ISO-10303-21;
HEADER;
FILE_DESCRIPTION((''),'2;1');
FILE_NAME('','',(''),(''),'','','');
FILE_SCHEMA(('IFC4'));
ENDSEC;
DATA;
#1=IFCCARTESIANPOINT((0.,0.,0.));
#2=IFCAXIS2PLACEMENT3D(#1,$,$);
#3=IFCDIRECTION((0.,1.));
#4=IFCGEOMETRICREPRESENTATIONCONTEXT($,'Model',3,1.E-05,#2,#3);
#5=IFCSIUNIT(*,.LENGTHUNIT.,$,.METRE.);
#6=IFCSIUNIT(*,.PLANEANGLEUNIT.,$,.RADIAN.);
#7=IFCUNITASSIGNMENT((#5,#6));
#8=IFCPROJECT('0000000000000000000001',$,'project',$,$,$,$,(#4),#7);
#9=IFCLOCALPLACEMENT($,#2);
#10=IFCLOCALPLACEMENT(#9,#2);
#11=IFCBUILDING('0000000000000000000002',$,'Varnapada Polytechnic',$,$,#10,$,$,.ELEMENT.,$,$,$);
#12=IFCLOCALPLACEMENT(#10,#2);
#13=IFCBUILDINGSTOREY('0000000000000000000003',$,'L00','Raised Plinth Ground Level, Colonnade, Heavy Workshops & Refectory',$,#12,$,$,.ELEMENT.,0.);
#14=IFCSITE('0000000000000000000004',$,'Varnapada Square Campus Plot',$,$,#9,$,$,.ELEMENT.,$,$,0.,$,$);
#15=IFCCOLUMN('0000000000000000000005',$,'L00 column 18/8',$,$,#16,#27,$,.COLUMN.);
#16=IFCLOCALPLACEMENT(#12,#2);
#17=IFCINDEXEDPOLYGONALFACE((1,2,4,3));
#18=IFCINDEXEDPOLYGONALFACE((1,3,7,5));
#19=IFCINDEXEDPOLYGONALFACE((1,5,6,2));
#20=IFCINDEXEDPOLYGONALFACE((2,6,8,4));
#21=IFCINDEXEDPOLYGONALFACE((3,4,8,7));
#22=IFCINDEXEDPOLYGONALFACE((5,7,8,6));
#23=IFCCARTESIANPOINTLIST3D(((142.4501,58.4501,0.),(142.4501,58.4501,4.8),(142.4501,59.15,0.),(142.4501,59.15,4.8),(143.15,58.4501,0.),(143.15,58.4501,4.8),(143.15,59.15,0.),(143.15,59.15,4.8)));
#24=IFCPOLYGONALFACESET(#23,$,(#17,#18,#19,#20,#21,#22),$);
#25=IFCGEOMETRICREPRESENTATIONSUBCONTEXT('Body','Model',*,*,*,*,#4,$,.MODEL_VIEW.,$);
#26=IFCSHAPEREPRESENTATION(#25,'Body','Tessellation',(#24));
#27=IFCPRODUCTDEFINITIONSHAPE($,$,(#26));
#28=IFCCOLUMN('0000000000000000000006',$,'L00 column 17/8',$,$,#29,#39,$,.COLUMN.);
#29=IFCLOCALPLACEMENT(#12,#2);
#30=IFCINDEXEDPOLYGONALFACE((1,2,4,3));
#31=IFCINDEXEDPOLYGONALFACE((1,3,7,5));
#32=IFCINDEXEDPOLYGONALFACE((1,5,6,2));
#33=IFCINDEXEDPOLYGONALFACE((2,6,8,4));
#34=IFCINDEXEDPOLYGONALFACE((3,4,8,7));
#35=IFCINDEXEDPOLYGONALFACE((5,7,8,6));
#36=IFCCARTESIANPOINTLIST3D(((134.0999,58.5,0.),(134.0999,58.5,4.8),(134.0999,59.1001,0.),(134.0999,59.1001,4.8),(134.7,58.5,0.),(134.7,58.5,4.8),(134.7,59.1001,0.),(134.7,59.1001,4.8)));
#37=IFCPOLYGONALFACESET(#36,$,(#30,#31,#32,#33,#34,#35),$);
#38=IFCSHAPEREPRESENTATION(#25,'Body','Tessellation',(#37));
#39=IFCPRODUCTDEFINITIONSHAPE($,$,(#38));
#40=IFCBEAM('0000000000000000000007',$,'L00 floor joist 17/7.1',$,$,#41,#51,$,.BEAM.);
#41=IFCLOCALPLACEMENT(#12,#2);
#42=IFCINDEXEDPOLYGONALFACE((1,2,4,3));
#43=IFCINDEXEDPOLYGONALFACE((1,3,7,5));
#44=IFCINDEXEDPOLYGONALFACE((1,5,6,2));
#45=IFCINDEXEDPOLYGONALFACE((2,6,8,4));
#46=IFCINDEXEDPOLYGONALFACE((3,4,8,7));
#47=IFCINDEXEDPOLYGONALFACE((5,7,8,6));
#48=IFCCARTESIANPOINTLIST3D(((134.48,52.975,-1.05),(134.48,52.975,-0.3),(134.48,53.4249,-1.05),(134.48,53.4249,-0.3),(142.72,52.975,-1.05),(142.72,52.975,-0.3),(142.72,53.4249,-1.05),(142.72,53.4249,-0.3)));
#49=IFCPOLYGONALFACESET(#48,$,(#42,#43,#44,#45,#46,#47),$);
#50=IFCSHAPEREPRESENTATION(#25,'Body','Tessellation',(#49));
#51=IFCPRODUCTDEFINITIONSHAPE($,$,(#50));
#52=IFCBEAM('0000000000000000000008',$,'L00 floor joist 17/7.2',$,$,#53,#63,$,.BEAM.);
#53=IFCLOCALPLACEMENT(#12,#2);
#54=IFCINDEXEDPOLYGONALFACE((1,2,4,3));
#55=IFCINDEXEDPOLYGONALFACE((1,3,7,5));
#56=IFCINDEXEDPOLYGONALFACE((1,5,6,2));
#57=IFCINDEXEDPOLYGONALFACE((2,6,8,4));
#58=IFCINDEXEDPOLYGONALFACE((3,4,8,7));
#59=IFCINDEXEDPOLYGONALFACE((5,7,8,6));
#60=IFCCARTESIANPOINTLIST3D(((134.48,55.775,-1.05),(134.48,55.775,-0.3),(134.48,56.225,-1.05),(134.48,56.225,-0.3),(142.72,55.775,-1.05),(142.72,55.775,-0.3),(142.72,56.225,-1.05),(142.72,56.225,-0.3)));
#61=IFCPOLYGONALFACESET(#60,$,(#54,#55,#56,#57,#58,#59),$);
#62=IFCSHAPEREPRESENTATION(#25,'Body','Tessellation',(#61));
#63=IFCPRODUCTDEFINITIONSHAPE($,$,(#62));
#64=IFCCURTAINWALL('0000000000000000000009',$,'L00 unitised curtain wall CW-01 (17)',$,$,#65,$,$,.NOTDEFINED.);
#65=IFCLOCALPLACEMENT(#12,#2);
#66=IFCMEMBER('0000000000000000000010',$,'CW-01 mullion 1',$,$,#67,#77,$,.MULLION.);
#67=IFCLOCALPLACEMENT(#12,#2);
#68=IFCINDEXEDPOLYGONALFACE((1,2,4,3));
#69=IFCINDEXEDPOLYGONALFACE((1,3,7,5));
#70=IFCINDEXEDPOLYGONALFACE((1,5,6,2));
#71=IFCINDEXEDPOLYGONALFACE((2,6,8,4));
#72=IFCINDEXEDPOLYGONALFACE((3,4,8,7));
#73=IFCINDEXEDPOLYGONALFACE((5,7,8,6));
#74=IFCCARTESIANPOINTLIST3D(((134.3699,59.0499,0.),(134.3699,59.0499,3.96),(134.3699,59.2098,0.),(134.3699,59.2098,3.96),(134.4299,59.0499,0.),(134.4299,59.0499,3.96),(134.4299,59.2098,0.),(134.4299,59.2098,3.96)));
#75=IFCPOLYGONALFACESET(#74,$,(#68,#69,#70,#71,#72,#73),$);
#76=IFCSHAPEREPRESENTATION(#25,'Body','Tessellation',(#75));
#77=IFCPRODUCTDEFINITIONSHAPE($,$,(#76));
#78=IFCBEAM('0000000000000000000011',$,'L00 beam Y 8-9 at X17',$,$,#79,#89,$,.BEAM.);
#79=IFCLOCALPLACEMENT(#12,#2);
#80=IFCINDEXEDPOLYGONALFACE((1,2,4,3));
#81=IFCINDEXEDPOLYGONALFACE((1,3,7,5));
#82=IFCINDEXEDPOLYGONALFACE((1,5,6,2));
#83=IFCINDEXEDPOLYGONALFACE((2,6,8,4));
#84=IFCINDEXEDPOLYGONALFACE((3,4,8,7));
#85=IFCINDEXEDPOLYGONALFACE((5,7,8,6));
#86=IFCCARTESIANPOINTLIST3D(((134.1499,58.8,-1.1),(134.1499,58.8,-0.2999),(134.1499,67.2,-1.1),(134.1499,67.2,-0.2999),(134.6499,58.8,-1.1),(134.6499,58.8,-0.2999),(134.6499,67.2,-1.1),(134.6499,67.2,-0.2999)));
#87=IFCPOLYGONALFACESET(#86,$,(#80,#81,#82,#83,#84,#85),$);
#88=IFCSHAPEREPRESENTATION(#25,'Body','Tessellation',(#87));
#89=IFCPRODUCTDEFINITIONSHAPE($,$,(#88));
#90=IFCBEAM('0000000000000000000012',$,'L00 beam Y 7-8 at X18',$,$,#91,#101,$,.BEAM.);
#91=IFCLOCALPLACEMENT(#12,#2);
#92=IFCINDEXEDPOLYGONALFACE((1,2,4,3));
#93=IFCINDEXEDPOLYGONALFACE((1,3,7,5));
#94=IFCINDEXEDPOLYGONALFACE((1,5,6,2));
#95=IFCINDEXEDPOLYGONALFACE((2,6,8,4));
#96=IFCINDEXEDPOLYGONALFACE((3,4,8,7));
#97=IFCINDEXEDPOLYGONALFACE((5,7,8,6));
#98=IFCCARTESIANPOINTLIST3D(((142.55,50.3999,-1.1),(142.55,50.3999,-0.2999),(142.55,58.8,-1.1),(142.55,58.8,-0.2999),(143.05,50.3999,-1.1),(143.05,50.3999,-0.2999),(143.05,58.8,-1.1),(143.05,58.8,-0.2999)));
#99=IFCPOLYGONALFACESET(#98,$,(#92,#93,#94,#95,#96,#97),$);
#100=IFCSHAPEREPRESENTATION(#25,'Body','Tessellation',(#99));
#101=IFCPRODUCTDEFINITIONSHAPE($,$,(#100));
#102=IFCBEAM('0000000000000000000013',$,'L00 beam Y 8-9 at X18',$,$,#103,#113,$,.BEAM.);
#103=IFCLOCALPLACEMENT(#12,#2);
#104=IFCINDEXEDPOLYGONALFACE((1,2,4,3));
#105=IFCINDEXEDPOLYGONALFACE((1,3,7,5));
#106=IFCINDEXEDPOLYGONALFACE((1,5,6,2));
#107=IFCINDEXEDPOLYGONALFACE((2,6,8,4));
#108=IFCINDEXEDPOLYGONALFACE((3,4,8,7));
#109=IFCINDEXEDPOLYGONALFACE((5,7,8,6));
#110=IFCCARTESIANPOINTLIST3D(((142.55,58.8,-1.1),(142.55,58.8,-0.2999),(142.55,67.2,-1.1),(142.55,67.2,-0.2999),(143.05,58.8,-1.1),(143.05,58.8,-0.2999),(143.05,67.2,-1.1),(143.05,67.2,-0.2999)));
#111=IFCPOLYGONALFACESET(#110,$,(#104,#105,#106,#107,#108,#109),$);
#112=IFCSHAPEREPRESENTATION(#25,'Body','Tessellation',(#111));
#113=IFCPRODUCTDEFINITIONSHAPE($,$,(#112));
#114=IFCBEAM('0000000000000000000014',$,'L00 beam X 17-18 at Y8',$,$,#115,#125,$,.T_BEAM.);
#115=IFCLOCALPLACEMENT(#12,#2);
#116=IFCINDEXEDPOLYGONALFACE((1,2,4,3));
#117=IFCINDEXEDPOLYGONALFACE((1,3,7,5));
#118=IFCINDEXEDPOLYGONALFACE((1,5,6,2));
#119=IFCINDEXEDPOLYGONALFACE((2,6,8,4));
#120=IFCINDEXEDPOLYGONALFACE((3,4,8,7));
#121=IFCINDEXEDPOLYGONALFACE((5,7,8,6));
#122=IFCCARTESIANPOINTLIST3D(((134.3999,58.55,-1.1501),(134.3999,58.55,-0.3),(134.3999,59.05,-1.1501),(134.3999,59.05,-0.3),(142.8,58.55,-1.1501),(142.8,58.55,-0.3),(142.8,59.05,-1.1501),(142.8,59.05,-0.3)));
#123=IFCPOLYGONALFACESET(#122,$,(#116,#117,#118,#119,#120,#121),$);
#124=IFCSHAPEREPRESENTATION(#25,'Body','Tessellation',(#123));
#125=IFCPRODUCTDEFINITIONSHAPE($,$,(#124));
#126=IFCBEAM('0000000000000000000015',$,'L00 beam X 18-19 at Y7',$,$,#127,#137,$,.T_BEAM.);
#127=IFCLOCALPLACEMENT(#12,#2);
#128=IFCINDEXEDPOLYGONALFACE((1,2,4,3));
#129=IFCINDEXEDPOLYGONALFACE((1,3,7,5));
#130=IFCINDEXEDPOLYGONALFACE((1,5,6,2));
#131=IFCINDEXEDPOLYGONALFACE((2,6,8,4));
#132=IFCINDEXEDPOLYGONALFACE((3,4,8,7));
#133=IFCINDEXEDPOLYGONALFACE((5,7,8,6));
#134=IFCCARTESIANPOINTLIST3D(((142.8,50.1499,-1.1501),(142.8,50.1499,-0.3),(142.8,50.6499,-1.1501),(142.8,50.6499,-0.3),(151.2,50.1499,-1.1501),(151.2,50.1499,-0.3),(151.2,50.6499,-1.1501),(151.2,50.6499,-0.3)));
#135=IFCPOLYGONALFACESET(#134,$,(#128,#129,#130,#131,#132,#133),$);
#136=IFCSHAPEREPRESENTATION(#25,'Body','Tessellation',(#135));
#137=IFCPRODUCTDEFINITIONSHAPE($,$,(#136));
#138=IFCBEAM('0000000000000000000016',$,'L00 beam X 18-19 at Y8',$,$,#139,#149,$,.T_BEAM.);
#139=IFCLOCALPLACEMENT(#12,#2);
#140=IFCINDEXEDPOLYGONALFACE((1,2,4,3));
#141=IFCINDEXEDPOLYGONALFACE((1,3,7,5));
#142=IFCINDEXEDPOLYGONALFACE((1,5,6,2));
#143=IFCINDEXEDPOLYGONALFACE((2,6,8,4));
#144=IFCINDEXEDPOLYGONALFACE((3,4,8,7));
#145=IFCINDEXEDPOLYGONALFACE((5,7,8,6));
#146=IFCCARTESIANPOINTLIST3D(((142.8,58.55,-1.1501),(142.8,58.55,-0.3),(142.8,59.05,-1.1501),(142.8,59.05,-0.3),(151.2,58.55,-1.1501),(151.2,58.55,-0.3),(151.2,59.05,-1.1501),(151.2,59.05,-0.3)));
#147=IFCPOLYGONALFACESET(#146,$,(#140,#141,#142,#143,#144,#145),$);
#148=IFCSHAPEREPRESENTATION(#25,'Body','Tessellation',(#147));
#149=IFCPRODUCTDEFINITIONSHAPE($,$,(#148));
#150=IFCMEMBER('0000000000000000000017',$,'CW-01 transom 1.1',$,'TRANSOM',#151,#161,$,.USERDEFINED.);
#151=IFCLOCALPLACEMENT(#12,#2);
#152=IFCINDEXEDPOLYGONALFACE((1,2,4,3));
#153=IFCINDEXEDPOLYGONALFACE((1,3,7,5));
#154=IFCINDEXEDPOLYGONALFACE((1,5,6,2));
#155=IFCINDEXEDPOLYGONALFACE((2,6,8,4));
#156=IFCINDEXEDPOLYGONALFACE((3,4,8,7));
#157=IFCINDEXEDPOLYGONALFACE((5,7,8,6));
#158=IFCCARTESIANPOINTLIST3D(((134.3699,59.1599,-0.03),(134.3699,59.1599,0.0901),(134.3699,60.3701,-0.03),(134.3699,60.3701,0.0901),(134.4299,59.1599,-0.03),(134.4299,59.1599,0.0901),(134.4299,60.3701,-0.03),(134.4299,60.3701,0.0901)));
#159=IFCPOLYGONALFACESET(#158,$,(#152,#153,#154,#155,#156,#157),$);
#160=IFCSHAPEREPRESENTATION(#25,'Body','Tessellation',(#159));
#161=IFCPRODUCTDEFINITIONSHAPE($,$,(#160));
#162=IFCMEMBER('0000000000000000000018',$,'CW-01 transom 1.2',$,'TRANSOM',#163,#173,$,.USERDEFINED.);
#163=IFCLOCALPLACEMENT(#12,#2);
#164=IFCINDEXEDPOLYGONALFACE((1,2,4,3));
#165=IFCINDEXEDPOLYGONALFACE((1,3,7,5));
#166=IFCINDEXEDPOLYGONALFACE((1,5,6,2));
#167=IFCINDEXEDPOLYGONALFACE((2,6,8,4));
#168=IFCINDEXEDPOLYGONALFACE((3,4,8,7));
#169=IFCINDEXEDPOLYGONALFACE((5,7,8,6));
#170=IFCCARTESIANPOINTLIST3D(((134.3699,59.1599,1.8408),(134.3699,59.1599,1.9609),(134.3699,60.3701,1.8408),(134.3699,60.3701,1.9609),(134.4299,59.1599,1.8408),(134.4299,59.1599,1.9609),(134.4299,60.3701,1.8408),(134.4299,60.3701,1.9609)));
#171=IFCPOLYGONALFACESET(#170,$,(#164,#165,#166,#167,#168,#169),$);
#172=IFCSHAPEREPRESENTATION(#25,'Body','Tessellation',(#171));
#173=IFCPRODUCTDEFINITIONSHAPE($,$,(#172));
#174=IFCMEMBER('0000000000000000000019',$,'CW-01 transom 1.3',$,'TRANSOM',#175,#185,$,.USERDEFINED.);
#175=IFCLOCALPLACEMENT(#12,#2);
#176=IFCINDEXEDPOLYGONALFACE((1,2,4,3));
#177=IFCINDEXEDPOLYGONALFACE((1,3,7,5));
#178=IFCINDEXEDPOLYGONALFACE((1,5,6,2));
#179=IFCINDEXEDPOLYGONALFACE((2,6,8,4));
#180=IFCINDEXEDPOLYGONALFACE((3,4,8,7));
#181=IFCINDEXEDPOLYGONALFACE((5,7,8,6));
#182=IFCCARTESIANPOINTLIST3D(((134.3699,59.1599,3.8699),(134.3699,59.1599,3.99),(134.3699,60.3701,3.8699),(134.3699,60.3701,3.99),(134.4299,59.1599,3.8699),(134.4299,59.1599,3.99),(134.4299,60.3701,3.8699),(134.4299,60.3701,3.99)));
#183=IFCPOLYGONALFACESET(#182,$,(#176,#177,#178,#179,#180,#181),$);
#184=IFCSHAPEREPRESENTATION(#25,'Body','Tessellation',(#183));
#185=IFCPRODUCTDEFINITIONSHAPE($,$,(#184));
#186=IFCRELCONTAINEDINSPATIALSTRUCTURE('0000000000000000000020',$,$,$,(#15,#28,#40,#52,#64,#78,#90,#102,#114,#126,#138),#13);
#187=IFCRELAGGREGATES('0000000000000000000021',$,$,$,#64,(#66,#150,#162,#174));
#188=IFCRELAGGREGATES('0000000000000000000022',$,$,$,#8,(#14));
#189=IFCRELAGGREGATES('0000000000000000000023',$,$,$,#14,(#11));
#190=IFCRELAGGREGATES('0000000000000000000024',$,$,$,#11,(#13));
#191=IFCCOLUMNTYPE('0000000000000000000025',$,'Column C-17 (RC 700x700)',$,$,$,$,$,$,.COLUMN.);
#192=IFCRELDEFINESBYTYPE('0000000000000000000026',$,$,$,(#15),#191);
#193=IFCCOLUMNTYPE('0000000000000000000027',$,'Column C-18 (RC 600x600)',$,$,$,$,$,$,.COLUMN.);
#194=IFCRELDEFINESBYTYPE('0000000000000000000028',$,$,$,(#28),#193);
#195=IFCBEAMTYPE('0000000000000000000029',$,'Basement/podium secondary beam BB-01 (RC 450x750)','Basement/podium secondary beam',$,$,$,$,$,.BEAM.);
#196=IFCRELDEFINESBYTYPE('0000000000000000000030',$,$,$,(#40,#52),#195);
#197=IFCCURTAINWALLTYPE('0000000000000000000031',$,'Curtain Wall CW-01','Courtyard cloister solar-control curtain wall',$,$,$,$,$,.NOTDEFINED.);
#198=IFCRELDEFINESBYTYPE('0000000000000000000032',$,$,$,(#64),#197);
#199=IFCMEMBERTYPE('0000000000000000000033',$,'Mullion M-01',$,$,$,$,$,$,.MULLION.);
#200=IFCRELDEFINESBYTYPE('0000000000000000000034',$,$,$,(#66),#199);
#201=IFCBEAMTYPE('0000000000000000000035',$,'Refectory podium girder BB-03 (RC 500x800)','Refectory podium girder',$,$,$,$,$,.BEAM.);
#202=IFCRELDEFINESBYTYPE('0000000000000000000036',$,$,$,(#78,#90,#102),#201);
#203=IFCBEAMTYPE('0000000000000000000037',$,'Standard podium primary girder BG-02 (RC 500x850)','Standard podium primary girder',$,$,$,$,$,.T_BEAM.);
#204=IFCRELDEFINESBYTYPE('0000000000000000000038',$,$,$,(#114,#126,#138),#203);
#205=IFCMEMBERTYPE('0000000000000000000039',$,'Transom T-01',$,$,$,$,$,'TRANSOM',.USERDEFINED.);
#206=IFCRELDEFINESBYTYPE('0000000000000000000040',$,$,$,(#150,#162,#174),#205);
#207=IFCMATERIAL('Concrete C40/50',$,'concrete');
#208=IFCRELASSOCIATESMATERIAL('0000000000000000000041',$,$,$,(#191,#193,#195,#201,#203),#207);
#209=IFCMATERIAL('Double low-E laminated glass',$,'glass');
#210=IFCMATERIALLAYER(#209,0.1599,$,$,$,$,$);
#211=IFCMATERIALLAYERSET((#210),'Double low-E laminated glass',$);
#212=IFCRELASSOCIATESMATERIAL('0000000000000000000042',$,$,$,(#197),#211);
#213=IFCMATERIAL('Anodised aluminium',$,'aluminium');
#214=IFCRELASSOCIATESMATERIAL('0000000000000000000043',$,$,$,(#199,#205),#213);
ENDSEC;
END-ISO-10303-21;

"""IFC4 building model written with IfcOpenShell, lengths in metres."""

from ifc_helpers import new_model, si_unit, direction, frame, origin, origin_2d, place, context, subcontext, project, spatial, rectangle, extrude, material, layer, layer_set, material_profile, profile_set, type_object, element, aggregate, save


model = new_model("IFC4")

# Units and contexts
model_context = context("Model", 3, precision=1e-05, world=origin(), true_north=direction((0.0, 1.0)))
body_context = subcontext(model_context, "Body", "Model", "MODEL_VIEW")
ifc_project = project(units=[si_unit("LENGTHUNIT", "METRE"), si_unit("PLANEANGLEUNIT", "RADIAN")], contexts=[model_context])

# Site, building, storey
site_placement = place(None, origin())
site = spatial("IfcSite", under=ifc_project, at=site_placement, Name="Varnapada Square Campus Plot", CompositionType="ELEMENT", RefElevation=0.0)
building_placement = place(site_placement, origin())
building = spatial("IfcBuilding", under=site, at=building_placement, Name="Varnapada Polytechnic", CompositionType="ELEMENT")
storey_placement = place(building_placement, origin())
storey = spatial("IfcBuildingStorey", under=building, at=storey_placement, Name="L00", Description="Raised Plinth Ground Level, Colonnade, Heavy Workshops & Refectory", CompositionType="ELEMENT", Elevation=0.0)

# Columns
ifc_material_1 = material(Name="Concrete C40/50", Category="concrete")
ifc_material_profile_1 = material_profile(ifc_material_1, rectangle(XDim=0.7, YDim=0.7, at=origin_2d()), Name="RC 700x700")
ifc_profile_set_1 = profile_set([ifc_material_profile_1], Name="Concrete C40/50")
column_type_1 = type_object("IfcColumnType", Name="Column C-17 (RC 700x700)", PredefinedType="COLUMN", material=ifc_profile_set_1)
column_1_placement = place(storey_placement, frame((142.8, 58.8, 0.0), z_axis=(0.0, 0.0, 1.0), x_axis=(1.0, 0.0, 0.0)))
element("IfcColumn", 1, at=column_1_placement, inside=storey, type_object=column_type_1, Name="L00 column 18/8", PredefinedType="COLUMN", context=body_context, shape_type="SweptSolid", body=[
    extrude(rectangle(XDim=0.7, YDim=0.7, at=origin_2d()), origin(), (0.0, 0.0, 1.0), 4.8),
])
ifc_material_profile_2 = material_profile(ifc_material_1, rectangle(XDim=0.6001, YDim=0.6001, at=origin_2d()), Name="RC 600x600")
ifc_profile_set_2 = profile_set([ifc_material_profile_2], Name="Concrete C40/50")
column_type_2 = type_object("IfcColumnType", Name="Column C-18 (RC 600x600)", PredefinedType="COLUMN", material=ifc_profile_set_2)
column_2_placement = place(storey_placement, frame((134.3999, 58.8, 0.0), z_axis=(0.0, 0.0, 1.0), x_axis=(1.0, 0.0, 0.0)))
element("IfcColumn", 2, at=column_2_placement, inside=storey, type_object=column_type_2, Name="L00 column 17/8", PredefinedType="COLUMN", context=body_context, shape_type="SweptSolid", body=[
    extrude(rectangle(XDim=0.6001, YDim=0.6001, at=origin_2d()), origin(), (0.0, 0.0, 1.0), 4.8),
])

# Beams
ifc_material_profile_3 = material_profile(ifc_material_1, rectangle(XDim=0.45, YDim=0.75, at=origin_2d()), Name="RC 450x750")
ifc_profile_set_3 = profile_set([ifc_material_profile_3], Name="Concrete C40/50")
beam_type_1 = type_object("IfcBeamType", Name="Basement/podium secondary beam BB-01 (RC 450x750)", Description="Basement/podium secondary beam", PredefinedType="BEAM", material=ifc_profile_set_3)
for number, where, z_axis, x_axis, name in (
    (3, (134.48, 53.2, -0.675), (1.0, 0.0, 0.0), (0.0, 1.0, 0.0), "L00 floor joist 17/7.1"),
    (4, (134.48, 56.0, -0.675), (1.0, 0.0, 0.0), (0.0, 1.0, 0.0), "L00 floor joist 17/7.2"),
):
    element("IfcBeam", number, at=place(storey_placement, frame(where, z_axis=z_axis, x_axis=x_axis)), inside=storey, type_object=beam_type_1, Name=name, PredefinedType="BEAM", context=body_context, shape_type="SweptSolid", body=[
        extrude(rectangle(XDim=0.45, YDim=0.75, at=origin_2d()), origin(), (0.0, 0.0, 1.0), 8.24),
    ])

# Curtain wall, member
ifc_material_2 = material(Name="Double low-E laminated glass", Category="glass")
ifc_layer_1 = layer(ifc_material_2, 0.1599)
ifc_layer_set_1 = layer_set([ifc_layer_1], Name="Double low-E laminated glass")
curtain_wall_type = type_object("IfcCurtainWallType", Name="Curtain Wall CW-01", Description="Courtyard cloister solar-control curtain wall", PredefinedType="NOTDEFINED", material=ifc_layer_set_1)
curtain_wall_placement = place(storey_placement, origin())
curtain_wall = element("IfcCurtainWall", 5, at=curtain_wall_placement, inside=storey, type_object=curtain_wall_type, Name="L00 unitised curtain wall CW-01 (17)", PredefinedType="NOTDEFINED")
ifc_material_3 = material(Name="Anodised aluminium", Category="aluminium")
ifc_material_profile_4 = material_profile(ifc_material_3, rectangle(XDim=0.0601, YDim=0.1599, at=origin_2d()), Name="ALU M60x160")
ifc_profile_set_4 = profile_set([ifc_material_profile_4], Name="Anodised aluminium")
member_type_1 = type_object("IfcMemberType", Name="Mullion M-01", PredefinedType="MULLION", material=ifc_profile_set_4)
member_1_placement = place(storey_placement, frame((134.3999, 59.1299, 0.0), z_axis=(0.0, 0.0, 1.0), x_axis=(-1.0, 0.0, 0.0)))
member_1 = element("IfcMember", 6, at=member_1_placement, type_object=member_type_1, Name="CW-01 mullion 1", PredefinedType="MULLION", context=body_context, shape_type="SweptSolid", body=[
    extrude(rectangle(XDim=0.0601, YDim=0.1599, at=origin_2d()), origin(), (0.0, 0.0, 1.0), 3.96),
])

# Beams
ifc_material_profile_5 = material_profile(ifc_material_1, rectangle(XDim=0.5, YDim=0.8, at=origin_2d()), Name="RC 500x800")
ifc_profile_set_5 = profile_set([ifc_material_profile_5], Name="Concrete C40/50")
beam_type_2 = type_object("IfcBeamType", Name="Refectory podium girder BB-03 (RC 500x800)", Description="Refectory podium girder", PredefinedType="BEAM", material=ifc_profile_set_5)
beam_1_placement = place(storey_placement, frame((134.3999, 58.8, -0.7), z_axis=(0.0, 1.0, 0.0), x_axis=(-1.0, 0.0, 0.0)))
element("IfcBeam", 7, at=beam_1_placement, inside=storey, type_object=beam_type_2, Name="L00 beam Y 8-9 at X17", PredefinedType="BEAM", context=body_context, shape_type="SweptSolid", body=[
    extrude(rectangle(XDim=0.5, YDim=0.8, at=origin_2d()), origin(), (0.0, 0.0, 1.0), 8.3999),
])
beam_2_placement = place(storey_placement, frame((142.8, 50.3999, -0.7), z_axis=(0.0, 1.0, 0.0), x_axis=(-1.0, 0.0, 0.0)))
element("IfcBeam", 8, at=beam_2_placement, inside=storey, type_object=beam_type_2, Name="L00 beam Y 7-8 at X18", PredefinedType="BEAM", context=body_context, shape_type="SweptSolid", body=[
    extrude(rectangle(XDim=0.5, YDim=0.8, at=origin_2d()), origin(), (0.0, 0.0, 1.0), 8.4001),
])
beam_3_placement = place(storey_placement, frame((142.8, 58.8, -0.7), z_axis=(0.0, 1.0, 0.0), x_axis=(-1.0, 0.0, 0.0)))
element("IfcBeam", 9, at=beam_3_placement, inside=storey, type_object=beam_type_2, Name="L00 beam Y 8-9 at X18", PredefinedType="BEAM", context=body_context, shape_type="SweptSolid", body=[
    extrude(rectangle(XDim=0.5, YDim=0.8, at=origin_2d()), origin(), (0.0, 0.0, 1.0), 8.3999),
])
ifc_material_profile_6 = material_profile(ifc_material_1, rectangle(XDim=0.5, YDim=0.8501, at=origin_2d()), Name="RC 500x850")
ifc_profile_set_6 = profile_set([ifc_material_profile_6], Name="Concrete C40/50")
beam_type_3 = type_object("IfcBeamType", Name="Standard podium primary girder BG-02 (RC 500x850)", Description="Standard podium primary girder", PredefinedType="T_BEAM", material=ifc_profile_set_6)
beam_4_placement = place(storey_placement, frame((134.3999, 58.8, -0.7251), z_axis=(1.0, 0.0, 0.0), x_axis=(0.0, 1.0, 0.0)))
element("IfcBeam", 10, at=beam_4_placement, inside=storey, type_object=beam_type_3, Name="L00 beam X 17-18 at Y8", PredefinedType="T_BEAM", context=body_context, shape_type="SweptSolid", body=[
    extrude(rectangle(XDim=0.5, YDim=0.8501, at=origin_2d()), origin(), (0.0, 0.0, 1.0), 8.4001),
])
for number, where, z_axis, x_axis, name in (
    (11, (142.8, 50.3999, -0.7251), (1.0, 0.0, 0.0), (0.0, 1.0, 0.0), "L00 beam X 18-19 at Y7"),
    (12, (142.8, 58.8, -0.7251), (1.0, 0.0, 0.0), (0.0, 1.0, 0.0), "L00 beam X 18-19 at Y8"),
):
    element("IfcBeam", number, at=place(storey_placement, frame(where, z_axis=z_axis, x_axis=x_axis)), inside=storey, type_object=beam_type_3, Name=name, PredefinedType="T_BEAM", context=body_context, shape_type="SweptSolid", body=[
        extrude(rectangle(XDim=0.5, YDim=0.8501, at=origin_2d()), origin(), (0.0, 0.0, 1.0), 8.3999),
    ])

# Members
ifc_material_profile_7 = material_profile(ifc_material_3, rectangle(XDim=0.0601, YDim=0.1201, at=origin_2d()), Name="ALU T60x120")
ifc_profile_set_7 = profile_set([ifc_material_profile_7], Name="Anodised aluminium")
member_type_2 = type_object("IfcMemberType", Name="Transom T-01", ElementType="TRANSOM", PredefinedType="USERDEFINED", material=ifc_profile_set_7)
member_2_placement = place(storey_placement, frame((134.3999, 59.1599, 0.03), z_axis=(0.0, 1.0, 0.0), x_axis=(-1.0, 0.0, 0.0)))
member_2 = element("IfcMember", 13, at=member_2_placement, type_object=member_type_2, Name="CW-01 transom 1.1", ObjectType="TRANSOM", PredefinedType="USERDEFINED", context=body_context, shape_type="SweptSolid", body=[
    extrude(rectangle(XDim=0.0601, YDim=0.1201, at=origin_2d()), origin(), (0.0, 0.0, 1.0), 1.2102),
])
member_3_placement = place(storey_placement, frame((134.3999, 59.1599, 1.9009), z_axis=(0.0, 1.0, 0.0), x_axis=(-1.0, 0.0, 0.0)))
member_3 = element("IfcMember", 14, at=member_3_placement, type_object=member_type_2, Name="CW-01 transom 1.2", ObjectType="TRANSOM", PredefinedType="USERDEFINED", context=body_context, shape_type="SweptSolid", body=[
    extrude(rectangle(XDim=0.0601, YDim=0.1201, at=origin_2d()), origin(), (0.0, 0.0, 1.0), 1.2102),
])
member_4_placement = place(storey_placement, frame((134.3999, 59.1599, 3.9299), z_axis=(0.0, 1.0, 0.0), x_axis=(-1.0, 0.0, 0.0)))
member_4 = element("IfcMember", 15, at=member_4_placement, type_object=member_type_2, Name="CW-01 transom 1.3", ObjectType="TRANSOM", PredefinedType="USERDEFINED", context=body_context, shape_type="SweptSolid", body=[
    extrude(rectangle(XDim=0.0601, YDim=0.1201, at=origin_2d()), origin(), (0.0, 0.0, 1.0), 1.2102),
])

aggregate(curtain_wall, [member_1, member_2, member_3, member_4])

save(model, "model.ifc")
